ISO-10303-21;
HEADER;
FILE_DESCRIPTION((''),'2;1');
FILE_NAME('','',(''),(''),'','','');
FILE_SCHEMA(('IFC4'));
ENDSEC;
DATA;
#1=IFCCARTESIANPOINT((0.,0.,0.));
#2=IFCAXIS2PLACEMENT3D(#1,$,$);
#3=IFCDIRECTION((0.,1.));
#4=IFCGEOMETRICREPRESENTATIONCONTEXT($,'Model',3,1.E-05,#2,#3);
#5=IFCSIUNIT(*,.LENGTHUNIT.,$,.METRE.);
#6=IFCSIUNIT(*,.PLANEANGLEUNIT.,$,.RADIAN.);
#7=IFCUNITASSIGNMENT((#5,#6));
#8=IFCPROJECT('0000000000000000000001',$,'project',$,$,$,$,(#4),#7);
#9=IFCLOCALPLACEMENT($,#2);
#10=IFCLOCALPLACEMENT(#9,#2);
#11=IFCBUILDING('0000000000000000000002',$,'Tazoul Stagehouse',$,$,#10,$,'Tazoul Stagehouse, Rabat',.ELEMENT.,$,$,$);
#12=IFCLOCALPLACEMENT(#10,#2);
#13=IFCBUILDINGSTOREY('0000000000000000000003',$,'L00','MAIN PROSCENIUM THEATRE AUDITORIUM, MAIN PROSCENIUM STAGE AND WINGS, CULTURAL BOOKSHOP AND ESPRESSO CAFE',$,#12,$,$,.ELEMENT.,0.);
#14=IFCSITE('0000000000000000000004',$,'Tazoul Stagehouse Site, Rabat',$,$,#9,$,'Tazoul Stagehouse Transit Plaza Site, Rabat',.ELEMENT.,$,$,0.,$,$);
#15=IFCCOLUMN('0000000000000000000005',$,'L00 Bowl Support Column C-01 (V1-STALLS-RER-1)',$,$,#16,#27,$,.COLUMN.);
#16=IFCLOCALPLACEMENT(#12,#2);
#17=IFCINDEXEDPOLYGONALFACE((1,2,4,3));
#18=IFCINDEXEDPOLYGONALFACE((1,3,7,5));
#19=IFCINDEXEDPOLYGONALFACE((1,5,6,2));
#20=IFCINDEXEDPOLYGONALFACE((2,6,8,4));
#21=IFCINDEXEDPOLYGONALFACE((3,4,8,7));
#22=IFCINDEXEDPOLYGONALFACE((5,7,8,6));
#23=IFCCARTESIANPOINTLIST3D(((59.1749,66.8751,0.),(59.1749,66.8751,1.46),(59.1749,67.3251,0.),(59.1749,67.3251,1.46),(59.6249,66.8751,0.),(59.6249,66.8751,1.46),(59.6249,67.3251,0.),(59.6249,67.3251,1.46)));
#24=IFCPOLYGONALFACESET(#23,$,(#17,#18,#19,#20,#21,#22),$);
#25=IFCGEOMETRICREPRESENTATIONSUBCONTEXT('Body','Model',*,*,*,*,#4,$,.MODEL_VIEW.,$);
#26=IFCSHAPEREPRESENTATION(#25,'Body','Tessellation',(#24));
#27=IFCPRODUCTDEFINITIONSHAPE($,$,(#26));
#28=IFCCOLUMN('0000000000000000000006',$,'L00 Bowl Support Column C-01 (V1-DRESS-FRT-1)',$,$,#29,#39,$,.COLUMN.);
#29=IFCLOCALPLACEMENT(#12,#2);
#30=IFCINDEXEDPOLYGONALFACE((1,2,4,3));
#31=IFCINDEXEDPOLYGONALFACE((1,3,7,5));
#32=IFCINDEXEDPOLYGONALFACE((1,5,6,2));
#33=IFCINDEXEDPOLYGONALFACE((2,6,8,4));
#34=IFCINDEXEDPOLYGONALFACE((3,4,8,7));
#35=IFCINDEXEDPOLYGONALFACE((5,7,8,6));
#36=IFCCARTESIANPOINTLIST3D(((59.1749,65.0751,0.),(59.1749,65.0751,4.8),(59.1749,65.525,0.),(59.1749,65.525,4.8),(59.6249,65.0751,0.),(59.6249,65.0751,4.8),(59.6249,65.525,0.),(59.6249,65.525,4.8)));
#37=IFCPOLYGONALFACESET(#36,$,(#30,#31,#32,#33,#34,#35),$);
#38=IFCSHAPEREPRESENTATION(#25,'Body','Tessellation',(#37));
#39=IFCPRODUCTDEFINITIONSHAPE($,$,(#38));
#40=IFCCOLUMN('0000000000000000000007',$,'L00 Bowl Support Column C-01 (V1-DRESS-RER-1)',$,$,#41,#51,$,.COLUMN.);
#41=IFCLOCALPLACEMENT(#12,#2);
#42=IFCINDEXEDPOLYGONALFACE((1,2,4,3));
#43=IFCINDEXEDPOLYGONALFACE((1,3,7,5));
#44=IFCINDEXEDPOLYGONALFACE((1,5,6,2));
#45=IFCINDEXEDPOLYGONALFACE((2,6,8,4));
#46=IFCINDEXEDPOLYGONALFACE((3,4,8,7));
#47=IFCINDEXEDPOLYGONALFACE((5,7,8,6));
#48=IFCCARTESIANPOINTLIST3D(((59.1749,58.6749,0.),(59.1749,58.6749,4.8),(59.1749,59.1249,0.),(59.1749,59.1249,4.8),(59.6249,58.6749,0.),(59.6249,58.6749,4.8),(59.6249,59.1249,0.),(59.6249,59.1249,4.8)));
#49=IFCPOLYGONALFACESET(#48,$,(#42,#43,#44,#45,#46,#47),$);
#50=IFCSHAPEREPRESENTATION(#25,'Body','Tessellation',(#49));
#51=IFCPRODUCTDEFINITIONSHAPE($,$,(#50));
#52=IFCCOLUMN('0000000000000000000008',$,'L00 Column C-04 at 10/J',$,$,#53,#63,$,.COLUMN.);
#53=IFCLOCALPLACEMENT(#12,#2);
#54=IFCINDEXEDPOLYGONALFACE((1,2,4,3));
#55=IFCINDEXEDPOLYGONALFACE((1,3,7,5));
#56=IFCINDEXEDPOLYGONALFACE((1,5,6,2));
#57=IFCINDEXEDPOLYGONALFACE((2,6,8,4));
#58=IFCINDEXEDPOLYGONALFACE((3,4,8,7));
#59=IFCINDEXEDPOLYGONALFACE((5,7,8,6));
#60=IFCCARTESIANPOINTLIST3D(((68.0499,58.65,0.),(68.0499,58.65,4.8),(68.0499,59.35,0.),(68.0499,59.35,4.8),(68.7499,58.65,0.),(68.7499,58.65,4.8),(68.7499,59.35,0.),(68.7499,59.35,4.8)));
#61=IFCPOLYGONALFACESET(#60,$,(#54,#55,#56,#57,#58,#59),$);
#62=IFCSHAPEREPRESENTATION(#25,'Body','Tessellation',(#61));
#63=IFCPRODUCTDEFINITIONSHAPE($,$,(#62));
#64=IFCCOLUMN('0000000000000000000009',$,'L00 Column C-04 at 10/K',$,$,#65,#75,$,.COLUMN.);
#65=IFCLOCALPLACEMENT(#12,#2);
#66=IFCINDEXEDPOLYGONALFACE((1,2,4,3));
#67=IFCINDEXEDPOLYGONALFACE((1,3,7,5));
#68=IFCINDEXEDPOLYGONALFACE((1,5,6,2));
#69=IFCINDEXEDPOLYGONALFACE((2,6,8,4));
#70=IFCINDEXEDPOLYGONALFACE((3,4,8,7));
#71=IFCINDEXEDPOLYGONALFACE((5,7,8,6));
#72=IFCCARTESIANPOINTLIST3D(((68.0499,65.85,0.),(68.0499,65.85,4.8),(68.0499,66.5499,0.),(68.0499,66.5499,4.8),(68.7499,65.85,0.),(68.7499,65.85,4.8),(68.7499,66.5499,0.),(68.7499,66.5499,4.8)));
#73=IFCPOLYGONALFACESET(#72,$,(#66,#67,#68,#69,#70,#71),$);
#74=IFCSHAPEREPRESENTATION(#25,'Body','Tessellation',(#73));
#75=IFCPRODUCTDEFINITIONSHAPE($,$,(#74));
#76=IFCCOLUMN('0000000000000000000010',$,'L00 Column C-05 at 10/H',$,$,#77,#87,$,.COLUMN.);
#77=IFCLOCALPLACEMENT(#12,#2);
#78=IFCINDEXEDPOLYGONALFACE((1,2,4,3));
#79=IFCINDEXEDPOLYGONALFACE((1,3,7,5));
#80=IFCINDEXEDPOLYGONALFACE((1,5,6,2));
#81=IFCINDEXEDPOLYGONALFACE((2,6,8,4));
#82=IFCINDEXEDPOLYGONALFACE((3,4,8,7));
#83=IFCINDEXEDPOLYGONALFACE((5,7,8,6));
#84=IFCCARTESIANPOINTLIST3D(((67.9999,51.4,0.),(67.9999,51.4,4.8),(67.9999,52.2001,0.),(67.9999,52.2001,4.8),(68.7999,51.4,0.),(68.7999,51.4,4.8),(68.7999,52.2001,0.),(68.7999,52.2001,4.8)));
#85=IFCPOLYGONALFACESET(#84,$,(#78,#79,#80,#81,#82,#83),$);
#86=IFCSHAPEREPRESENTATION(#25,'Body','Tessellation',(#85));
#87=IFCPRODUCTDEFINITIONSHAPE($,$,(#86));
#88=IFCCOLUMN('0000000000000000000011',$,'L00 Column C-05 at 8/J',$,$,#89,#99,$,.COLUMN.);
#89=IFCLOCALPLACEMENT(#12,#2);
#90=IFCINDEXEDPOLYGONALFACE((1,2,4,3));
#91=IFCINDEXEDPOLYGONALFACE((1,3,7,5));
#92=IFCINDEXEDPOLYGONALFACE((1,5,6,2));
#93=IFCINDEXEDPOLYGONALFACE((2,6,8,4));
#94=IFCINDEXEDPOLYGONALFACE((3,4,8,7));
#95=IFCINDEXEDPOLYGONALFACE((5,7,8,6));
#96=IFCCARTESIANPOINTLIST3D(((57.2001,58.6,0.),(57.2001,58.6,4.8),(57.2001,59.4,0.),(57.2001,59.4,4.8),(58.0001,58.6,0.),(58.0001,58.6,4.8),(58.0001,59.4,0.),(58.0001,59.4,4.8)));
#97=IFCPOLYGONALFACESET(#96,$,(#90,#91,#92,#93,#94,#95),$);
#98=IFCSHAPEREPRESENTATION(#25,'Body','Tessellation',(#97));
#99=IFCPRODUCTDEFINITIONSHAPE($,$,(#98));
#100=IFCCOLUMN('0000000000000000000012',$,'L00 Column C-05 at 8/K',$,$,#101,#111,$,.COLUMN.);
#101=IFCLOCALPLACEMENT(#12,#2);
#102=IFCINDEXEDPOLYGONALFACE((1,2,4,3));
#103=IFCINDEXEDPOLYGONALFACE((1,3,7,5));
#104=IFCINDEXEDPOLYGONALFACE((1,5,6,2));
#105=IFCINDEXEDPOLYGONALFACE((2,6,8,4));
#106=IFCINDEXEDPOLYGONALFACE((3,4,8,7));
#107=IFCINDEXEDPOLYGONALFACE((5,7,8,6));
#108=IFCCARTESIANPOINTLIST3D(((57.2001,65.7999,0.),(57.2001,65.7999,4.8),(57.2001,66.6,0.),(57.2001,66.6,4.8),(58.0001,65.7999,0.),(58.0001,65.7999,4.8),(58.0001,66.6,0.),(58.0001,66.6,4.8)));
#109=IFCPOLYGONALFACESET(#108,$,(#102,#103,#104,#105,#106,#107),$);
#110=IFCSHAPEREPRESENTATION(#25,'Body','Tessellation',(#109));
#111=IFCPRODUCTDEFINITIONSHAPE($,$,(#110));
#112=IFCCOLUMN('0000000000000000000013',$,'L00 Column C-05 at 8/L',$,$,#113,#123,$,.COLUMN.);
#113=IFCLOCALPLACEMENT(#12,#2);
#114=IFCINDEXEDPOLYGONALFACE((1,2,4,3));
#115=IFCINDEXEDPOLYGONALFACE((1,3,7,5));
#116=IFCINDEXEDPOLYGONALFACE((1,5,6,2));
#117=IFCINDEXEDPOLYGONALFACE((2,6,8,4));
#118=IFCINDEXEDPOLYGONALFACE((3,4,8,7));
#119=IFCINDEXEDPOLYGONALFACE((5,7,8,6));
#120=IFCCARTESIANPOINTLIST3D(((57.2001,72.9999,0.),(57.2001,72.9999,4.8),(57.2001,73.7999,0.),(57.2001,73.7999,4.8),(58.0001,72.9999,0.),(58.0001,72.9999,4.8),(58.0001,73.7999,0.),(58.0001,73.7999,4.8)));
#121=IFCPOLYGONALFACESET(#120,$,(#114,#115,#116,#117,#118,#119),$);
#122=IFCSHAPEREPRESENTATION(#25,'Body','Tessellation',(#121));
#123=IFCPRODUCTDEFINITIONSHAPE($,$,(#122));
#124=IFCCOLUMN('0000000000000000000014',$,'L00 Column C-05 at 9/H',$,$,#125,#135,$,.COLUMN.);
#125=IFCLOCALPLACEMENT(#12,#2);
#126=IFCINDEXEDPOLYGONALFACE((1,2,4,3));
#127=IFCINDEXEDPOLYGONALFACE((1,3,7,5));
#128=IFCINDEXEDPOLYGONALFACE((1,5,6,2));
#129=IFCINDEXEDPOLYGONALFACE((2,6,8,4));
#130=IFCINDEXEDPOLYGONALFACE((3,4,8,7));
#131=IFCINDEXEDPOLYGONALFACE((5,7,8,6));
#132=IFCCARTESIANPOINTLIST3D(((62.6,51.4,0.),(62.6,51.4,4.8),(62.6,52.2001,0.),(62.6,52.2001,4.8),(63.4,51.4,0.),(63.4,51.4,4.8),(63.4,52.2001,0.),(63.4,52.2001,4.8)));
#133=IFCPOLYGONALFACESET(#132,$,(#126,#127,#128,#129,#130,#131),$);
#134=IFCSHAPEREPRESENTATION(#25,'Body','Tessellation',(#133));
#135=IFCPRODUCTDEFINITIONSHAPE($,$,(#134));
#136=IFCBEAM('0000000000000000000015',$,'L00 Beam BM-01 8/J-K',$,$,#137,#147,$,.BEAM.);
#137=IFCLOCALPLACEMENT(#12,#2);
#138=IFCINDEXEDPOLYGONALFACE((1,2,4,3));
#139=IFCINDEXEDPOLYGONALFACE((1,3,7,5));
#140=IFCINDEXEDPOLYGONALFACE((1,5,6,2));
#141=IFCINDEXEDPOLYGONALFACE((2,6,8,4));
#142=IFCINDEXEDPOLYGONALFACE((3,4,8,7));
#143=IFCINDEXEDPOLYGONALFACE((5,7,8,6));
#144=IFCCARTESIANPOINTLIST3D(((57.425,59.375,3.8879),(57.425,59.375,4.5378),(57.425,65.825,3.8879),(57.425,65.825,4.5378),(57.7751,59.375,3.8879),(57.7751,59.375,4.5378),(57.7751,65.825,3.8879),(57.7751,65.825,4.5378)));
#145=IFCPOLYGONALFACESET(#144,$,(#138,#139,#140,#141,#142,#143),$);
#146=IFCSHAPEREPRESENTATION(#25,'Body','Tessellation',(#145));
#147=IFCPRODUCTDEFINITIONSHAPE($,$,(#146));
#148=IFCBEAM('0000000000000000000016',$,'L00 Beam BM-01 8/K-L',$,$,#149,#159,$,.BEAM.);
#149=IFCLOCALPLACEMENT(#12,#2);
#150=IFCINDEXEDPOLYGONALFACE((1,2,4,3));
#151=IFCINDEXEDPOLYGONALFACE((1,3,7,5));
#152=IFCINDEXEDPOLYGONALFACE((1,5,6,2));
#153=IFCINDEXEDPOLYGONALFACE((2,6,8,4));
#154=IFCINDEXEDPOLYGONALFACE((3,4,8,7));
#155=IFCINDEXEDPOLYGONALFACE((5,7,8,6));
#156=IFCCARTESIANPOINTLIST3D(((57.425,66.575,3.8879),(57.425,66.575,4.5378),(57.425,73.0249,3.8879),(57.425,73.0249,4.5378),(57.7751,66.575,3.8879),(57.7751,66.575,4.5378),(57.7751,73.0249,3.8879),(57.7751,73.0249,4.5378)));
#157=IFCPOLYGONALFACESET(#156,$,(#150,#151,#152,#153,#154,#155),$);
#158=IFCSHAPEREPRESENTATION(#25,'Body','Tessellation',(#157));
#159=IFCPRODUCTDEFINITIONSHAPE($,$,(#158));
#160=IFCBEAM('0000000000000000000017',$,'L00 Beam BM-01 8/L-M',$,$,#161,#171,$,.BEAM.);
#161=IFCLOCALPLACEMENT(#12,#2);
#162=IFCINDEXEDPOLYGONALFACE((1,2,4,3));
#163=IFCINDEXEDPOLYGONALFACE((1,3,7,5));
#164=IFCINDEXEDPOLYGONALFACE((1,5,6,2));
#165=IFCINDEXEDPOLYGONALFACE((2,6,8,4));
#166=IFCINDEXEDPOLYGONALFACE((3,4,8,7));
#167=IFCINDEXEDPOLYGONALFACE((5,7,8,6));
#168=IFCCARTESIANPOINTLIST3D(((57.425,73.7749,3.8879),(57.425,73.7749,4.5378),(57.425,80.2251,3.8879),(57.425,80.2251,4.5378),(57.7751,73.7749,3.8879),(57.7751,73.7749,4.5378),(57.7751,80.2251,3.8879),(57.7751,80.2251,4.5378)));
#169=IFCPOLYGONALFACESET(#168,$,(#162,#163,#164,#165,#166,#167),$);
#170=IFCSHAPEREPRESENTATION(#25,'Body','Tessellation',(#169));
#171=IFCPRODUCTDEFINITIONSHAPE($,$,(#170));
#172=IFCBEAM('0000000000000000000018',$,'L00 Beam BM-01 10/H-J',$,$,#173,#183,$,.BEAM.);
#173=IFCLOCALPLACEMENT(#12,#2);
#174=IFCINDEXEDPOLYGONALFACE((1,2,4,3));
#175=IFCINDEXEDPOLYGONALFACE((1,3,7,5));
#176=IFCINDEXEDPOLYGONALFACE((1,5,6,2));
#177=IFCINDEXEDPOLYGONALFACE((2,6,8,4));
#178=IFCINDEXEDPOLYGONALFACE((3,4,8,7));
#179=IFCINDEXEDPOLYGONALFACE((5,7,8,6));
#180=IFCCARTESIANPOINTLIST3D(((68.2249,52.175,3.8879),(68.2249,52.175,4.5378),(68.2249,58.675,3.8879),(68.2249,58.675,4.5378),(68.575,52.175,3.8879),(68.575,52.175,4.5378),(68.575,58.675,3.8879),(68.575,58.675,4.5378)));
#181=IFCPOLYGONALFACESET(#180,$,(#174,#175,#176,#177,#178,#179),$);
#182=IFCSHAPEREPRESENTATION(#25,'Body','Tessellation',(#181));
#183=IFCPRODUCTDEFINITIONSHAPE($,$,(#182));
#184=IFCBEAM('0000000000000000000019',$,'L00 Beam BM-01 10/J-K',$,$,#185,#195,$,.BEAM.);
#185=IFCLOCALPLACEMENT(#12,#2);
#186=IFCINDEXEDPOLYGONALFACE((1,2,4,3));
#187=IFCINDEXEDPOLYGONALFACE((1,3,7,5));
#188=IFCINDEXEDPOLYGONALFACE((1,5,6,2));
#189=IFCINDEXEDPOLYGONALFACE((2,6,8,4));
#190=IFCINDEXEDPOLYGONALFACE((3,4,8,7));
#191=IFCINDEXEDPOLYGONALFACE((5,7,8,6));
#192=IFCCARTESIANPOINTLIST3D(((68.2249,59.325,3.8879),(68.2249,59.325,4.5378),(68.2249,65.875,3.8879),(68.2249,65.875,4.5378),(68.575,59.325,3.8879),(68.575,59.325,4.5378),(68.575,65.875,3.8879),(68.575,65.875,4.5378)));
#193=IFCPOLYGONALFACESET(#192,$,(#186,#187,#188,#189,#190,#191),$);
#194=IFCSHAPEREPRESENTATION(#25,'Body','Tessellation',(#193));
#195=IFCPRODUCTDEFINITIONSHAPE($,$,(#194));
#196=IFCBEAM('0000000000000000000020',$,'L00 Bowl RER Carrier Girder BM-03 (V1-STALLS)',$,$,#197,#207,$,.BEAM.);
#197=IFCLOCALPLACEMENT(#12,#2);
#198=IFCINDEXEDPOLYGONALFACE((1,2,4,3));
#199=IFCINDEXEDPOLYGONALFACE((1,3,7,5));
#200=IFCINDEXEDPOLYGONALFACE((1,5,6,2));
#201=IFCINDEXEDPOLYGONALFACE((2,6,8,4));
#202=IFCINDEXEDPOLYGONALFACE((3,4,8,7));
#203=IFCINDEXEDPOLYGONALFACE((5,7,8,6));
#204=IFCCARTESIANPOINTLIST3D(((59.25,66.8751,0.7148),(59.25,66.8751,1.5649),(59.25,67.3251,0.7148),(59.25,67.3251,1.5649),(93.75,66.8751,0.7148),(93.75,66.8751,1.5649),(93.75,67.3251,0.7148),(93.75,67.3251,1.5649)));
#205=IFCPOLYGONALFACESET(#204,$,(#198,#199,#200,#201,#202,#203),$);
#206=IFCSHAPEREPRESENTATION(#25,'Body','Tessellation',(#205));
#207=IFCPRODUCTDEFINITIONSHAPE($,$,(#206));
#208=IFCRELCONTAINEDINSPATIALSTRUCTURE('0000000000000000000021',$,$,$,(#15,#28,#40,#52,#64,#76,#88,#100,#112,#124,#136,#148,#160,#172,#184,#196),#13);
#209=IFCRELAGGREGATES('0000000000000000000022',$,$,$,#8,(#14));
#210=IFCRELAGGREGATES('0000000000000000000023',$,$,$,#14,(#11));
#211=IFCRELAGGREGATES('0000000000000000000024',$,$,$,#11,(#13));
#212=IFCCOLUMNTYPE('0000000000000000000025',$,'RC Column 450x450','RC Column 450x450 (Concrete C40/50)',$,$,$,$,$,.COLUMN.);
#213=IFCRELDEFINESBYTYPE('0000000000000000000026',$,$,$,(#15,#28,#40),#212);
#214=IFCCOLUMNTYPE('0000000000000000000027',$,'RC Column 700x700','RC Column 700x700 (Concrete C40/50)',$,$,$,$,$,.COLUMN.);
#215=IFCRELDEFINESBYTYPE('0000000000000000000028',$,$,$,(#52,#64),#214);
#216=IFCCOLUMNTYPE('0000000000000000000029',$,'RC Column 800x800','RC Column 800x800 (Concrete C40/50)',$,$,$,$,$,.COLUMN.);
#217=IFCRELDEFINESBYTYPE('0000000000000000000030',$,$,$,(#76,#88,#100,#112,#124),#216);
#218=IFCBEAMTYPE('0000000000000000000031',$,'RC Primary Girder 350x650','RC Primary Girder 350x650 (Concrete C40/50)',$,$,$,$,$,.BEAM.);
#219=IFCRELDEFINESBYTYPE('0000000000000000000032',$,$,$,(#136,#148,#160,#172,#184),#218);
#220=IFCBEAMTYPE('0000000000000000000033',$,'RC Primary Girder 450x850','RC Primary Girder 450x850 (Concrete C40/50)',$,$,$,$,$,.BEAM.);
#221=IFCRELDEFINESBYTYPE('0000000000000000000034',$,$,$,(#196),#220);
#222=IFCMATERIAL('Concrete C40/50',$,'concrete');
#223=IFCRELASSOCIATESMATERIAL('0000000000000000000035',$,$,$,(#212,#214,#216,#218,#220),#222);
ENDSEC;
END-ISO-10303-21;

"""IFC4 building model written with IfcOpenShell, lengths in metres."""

from ifc_helpers import new_model, si_unit, direction, frame, origin, origin_2d, place, context, subcontext, project, spatial, rectangle, extrude, material, material_profile, profile_set, type_object, element, save


model = new_model("IFC4")

# Units and contexts
model_context = context("Model", 3, precision=1e-05, world=origin(), true_north=direction((0.0, 1.0)))
body_context = subcontext(model_context, "Body", "Model", "MODEL_VIEW")
ifc_project = project(units=[si_unit("LENGTHUNIT", "METRE"), si_unit("PLANEANGLEUNIT", "RADIAN")], contexts=[model_context])

# Site, building, storey
site_placement = place(None, origin())
site = spatial("IfcSite", under=ifc_project, at=site_placement, Name="Tazoul Stagehouse Site, Rabat", LongName="Tazoul Stagehouse Transit Plaza Site, Rabat", CompositionType="ELEMENT", RefElevation=0.0)
building_placement = place(site_placement, origin())
building = spatial("IfcBuilding", under=site, at=building_placement, Name="Tazoul Stagehouse", LongName="Tazoul Stagehouse, Rabat", CompositionType="ELEMENT")
storey_placement = place(building_placement, origin())
storey = spatial("IfcBuildingStorey", under=building, at=storey_placement, Name="L00", Description="MAIN PROSCENIUM THEATRE AUDITORIUM, MAIN PROSCENIUM STAGE AND WINGS, CULTURAL BOOKSHOP AND ESPRESSO CAFE", CompositionType="ELEMENT", Elevation=0.0)

# Columns
ifc_material_1 = material(Name="Concrete C40/50", Category="concrete")
ifc_material_profile_1 = material_profile(ifc_material_1, rectangle(XDim=0.45, YDim=0.45, at=origin_2d()), Name="RC 450x450")
ifc_profile_set_1 = profile_set([ifc_material_profile_1], Name="Concrete C40/50")
column_type_1 = type_object("IfcColumnType", Name="RC Column 450x450", Description="RC Column 450x450 (Concrete C40/50)", PredefinedType="COLUMN", material=ifc_profile_set_1)
column_placement = place(storey_placement, frame((59.3999, 67.1001, 0.0), z_axis=(0.0, 0.0, 1.0), x_axis=(1.0, 0.0, 0.0)))
element("IfcColumn", 1, at=column_placement, inside=storey, type_object=column_type_1, Name="L00 Bowl Support Column C-01 (V1-STALLS-RER-1)", PredefinedType="COLUMN", context=body_context, shape_type="SweptSolid", body=[
    extrude(rectangle(XDim=0.45, YDim=0.45, at=origin_2d()), origin(), (0.0, 0.0, 1.0), 1.46),
])
for number, where, z_axis, x_axis, name in (
    (2, (59.3999, 65.3, 0.0), (0.0, 0.0, 1.0), (1.0, 0.0, 0.0), "L00 Bowl Support Column C-01 (V1-DRESS-FRT-1)"),
    (3, (59.3999, 58.8999, 0.0), (0.0, 0.0, 1.0), (1.0, 0.0, 0.0), "L00 Bowl Support Column C-01 (V1-DRESS-RER-1)"),
):
    element("IfcColumn", number, at=place(storey_placement, frame(where, z_axis=z_axis, x_axis=x_axis)), inside=storey, type_object=column_type_1, Name=name, PredefinedType="COLUMN", context=body_context, shape_type="SweptSolid", body=[
        extrude(rectangle(XDim=0.45, YDim=0.45, at=origin_2d()), origin(), (0.0, 0.0, 1.0), 4.8),
    ])
ifc_material_profile_2 = material_profile(ifc_material_1, rectangle(XDim=0.7, YDim=0.7, at=origin_2d()), Name="RC 700x700")
ifc_profile_set_2 = profile_set([ifc_material_profile_2], Name="Concrete C40/50")
column_type_2 = type_object("IfcColumnType", Name="RC Column 700x700", Description="RC Column 700x700 (Concrete C40/50)", PredefinedType="COLUMN", material=ifc_profile_set_2)
for number, where, z_axis, x_axis, name in (
    (4, (68.3999, 59.0, 0.0), (0.0, 0.0, 1.0), (1.0, 0.0, 0.0), "L00 Column C-04 at 10/J"),
    (5, (68.3999, 66.2, 0.0), (0.0, 0.0, 1.0), (1.0, 0.0, 0.0), "L00 Column C-04 at 10/K"),
):
    element("IfcColumn", number, at=place(storey_placement, frame(where, z_axis=z_axis, x_axis=x_axis)), inside=storey, type_object=column_type_2, Name=name, PredefinedType="COLUMN", context=body_context, shape_type="SweptSolid", body=[
        extrude(rectangle(XDim=0.7, YDim=0.7, at=origin_2d()), origin(), (0.0, 0.0, 1.0), 4.8),
    ])
ifc_material_profile_3 = material_profile(ifc_material_1, rectangle(XDim=0.8, YDim=0.8, at=origin_2d()), Name="RC 800x800")
ifc_profile_set_3 = profile_set([ifc_material_profile_3], Name="Concrete C40/50")
column_type_3 = type_object("IfcColumnType", Name="RC Column 800x800", Description="RC Column 800x800 (Concrete C40/50)", PredefinedType="COLUMN", material=ifc_profile_set_3)
for number, where, z_axis, x_axis, name in (
    (6, (68.3999, 51.8, 0.0), (0.0, 0.0, 1.0), (1.0, 0.0, 0.0), "L00 Column C-05 at 10/H"),
    (7, (57.6001, 59.0, 0.0), (0.0, 0.0, 1.0), (1.0, 0.0, 0.0), "L00 Column C-05 at 8/J"),
    (8, (57.6001, 66.2, 0.0), (0.0, 0.0, 1.0), (1.0, 0.0, 0.0), "L00 Column C-05 at 8/K"),
    (9, (57.6001, 73.3999, 0.0), (0.0, 0.0, 1.0), (1.0, 0.0, 0.0), "L00 Column C-05 at 8/L"),
    (10, (63.0, 51.8, 0.0), (0.0, 0.0, 1.0), (1.0, 0.0, 0.0), "L00 Column C-05 at 9/H"),
):
    element("IfcColumn", number, at=place(storey_placement, frame(where, z_axis=z_axis, x_axis=x_axis)), inside=storey, type_object=column_type_3, Name=name, PredefinedType="COLUMN", context=body_context, shape_type="SweptSolid", body=[
        extrude(rectangle(XDim=0.8, YDim=0.8, at=origin_2d()), origin(), (0.0, 0.0, 1.0), 4.8),
    ])

# Beams
ifc_material_profile_4 = material_profile(ifc_material_1, rectangle(XDim=0.3501, YDim=0.6499, at=origin_2d()), Name="RC 350x650")
ifc_profile_set_4 = profile_set([ifc_material_profile_4], Name="Concrete C40/50")
beam_type_1 = type_object("IfcBeamType", Name="RC Primary Girder 350x650", Description="RC Primary Girder 350x650 (Concrete C40/50)", PredefinedType="BEAM", material=ifc_profile_set_4)
for number, where, z_axis, x_axis, name in (
    (11, (57.6001, 59.375, 4.2129), (0.0, 1.0, 0.0), (-1.0, 0.0, 0.0), "L00 Beam BM-01 8/J-K"),
    (12, (57.6001, 66.575, 4.2129), (0.0, 1.0, 0.0), (-1.0, 0.0, 0.0), "L00 Beam BM-01 8/K-L"),
):
    element("IfcBeam", number, at=place(storey_placement, frame(where, z_axis=z_axis, x_axis=x_axis)), inside=storey, type_object=beam_type_1, Name=name, PredefinedType="BEAM", context=body_context, shape_type="SweptSolid", body=[
        extrude(rectangle(XDim=0.3501, YDim=0.6499, at=origin_2d()), origin(), (0.0, 0.0, 1.0), 6.45),
    ])
beam_1_placement = place(storey_placement, frame((57.6001, 73.7749, 4.2129), z_axis=(0.0, 1.0, 0.0), x_axis=(-1.0, 0.0, 0.0)))
element("IfcBeam", 13, at=beam_1_placement, inside=storey, type_object=beam_type_1, Name="L00 Beam BM-01 8/L-M", PredefinedType="BEAM", context=body_context, shape_type="SweptSolid", body=[
    extrude(rectangle(XDim=0.3501, YDim=0.6499, at=origin_2d()), origin(), (0.0, 0.0, 1.0), 6.4502),
])
beam_2_placement = place(storey_placement, frame((68.3999, 52.175, 4.2129), z_axis=(0.0, 1.0, 0.0), x_axis=(-1.0, 0.0, 0.0)))
element("IfcBeam", 14, at=beam_2_placement, inside=storey, type_object=beam_type_1, Name="L00 Beam BM-01 10/H-J", PredefinedType="BEAM", context=body_context, shape_type="SweptSolid", body=[
    extrude(rectangle(XDim=0.3501, YDim=0.6499, at=origin_2d()), origin(), (0.0, 0.0, 1.0), 6.5),
])
beam_3_placement = place(storey_placement, frame((68.3999, 59.325, 4.2129), z_axis=(0.0, 1.0, 0.0), x_axis=(-1.0, 0.0, 0.0)))
element("IfcBeam", 15, at=beam_3_placement, inside=storey, type_object=beam_type_1, Name="L00 Beam BM-01 10/J-K", PredefinedType="BEAM", context=body_context, shape_type="SweptSolid", body=[
    extrude(rectangle(XDim=0.3501, YDim=0.6499, at=origin_2d()), origin(), (0.0, 0.0, 1.0), 6.55),
])
ifc_material_profile_5 = material_profile(ifc_material_1, rectangle(XDim=0.45, YDim=0.8501, at=origin_2d()), Name="RC 450x850")
ifc_profile_set_5 = profile_set([ifc_material_profile_5], Name="Concrete C40/50")
beam_type_2 = type_object("IfcBeamType", Name="RC Primary Girder 450x850", Description="RC Primary Girder 450x850 (Concrete C40/50)", PredefinedType="BEAM", material=ifc_profile_set_5)
beam_4_placement = place(storey_placement, frame((59.25, 67.1001, 1.1399), z_axis=(1.0, 0.0, 0.0), x_axis=(0.0, 1.0, 0.0)))
element("IfcBeam", 16, at=beam_4_placement, inside=storey, type_object=beam_type_2, Name="L00 Bowl RER Carrier Girder BM-03 (V1-STALLS)", PredefinedType="BEAM", context=body_context, shape_type="SweptSolid", body=[
    extrude(rectangle(XDim=0.45, YDim=0.8501, at=origin_2d()), origin(), (0.0, 0.0, 1.0), 34.5),
])

save(model, "model.ifc")
